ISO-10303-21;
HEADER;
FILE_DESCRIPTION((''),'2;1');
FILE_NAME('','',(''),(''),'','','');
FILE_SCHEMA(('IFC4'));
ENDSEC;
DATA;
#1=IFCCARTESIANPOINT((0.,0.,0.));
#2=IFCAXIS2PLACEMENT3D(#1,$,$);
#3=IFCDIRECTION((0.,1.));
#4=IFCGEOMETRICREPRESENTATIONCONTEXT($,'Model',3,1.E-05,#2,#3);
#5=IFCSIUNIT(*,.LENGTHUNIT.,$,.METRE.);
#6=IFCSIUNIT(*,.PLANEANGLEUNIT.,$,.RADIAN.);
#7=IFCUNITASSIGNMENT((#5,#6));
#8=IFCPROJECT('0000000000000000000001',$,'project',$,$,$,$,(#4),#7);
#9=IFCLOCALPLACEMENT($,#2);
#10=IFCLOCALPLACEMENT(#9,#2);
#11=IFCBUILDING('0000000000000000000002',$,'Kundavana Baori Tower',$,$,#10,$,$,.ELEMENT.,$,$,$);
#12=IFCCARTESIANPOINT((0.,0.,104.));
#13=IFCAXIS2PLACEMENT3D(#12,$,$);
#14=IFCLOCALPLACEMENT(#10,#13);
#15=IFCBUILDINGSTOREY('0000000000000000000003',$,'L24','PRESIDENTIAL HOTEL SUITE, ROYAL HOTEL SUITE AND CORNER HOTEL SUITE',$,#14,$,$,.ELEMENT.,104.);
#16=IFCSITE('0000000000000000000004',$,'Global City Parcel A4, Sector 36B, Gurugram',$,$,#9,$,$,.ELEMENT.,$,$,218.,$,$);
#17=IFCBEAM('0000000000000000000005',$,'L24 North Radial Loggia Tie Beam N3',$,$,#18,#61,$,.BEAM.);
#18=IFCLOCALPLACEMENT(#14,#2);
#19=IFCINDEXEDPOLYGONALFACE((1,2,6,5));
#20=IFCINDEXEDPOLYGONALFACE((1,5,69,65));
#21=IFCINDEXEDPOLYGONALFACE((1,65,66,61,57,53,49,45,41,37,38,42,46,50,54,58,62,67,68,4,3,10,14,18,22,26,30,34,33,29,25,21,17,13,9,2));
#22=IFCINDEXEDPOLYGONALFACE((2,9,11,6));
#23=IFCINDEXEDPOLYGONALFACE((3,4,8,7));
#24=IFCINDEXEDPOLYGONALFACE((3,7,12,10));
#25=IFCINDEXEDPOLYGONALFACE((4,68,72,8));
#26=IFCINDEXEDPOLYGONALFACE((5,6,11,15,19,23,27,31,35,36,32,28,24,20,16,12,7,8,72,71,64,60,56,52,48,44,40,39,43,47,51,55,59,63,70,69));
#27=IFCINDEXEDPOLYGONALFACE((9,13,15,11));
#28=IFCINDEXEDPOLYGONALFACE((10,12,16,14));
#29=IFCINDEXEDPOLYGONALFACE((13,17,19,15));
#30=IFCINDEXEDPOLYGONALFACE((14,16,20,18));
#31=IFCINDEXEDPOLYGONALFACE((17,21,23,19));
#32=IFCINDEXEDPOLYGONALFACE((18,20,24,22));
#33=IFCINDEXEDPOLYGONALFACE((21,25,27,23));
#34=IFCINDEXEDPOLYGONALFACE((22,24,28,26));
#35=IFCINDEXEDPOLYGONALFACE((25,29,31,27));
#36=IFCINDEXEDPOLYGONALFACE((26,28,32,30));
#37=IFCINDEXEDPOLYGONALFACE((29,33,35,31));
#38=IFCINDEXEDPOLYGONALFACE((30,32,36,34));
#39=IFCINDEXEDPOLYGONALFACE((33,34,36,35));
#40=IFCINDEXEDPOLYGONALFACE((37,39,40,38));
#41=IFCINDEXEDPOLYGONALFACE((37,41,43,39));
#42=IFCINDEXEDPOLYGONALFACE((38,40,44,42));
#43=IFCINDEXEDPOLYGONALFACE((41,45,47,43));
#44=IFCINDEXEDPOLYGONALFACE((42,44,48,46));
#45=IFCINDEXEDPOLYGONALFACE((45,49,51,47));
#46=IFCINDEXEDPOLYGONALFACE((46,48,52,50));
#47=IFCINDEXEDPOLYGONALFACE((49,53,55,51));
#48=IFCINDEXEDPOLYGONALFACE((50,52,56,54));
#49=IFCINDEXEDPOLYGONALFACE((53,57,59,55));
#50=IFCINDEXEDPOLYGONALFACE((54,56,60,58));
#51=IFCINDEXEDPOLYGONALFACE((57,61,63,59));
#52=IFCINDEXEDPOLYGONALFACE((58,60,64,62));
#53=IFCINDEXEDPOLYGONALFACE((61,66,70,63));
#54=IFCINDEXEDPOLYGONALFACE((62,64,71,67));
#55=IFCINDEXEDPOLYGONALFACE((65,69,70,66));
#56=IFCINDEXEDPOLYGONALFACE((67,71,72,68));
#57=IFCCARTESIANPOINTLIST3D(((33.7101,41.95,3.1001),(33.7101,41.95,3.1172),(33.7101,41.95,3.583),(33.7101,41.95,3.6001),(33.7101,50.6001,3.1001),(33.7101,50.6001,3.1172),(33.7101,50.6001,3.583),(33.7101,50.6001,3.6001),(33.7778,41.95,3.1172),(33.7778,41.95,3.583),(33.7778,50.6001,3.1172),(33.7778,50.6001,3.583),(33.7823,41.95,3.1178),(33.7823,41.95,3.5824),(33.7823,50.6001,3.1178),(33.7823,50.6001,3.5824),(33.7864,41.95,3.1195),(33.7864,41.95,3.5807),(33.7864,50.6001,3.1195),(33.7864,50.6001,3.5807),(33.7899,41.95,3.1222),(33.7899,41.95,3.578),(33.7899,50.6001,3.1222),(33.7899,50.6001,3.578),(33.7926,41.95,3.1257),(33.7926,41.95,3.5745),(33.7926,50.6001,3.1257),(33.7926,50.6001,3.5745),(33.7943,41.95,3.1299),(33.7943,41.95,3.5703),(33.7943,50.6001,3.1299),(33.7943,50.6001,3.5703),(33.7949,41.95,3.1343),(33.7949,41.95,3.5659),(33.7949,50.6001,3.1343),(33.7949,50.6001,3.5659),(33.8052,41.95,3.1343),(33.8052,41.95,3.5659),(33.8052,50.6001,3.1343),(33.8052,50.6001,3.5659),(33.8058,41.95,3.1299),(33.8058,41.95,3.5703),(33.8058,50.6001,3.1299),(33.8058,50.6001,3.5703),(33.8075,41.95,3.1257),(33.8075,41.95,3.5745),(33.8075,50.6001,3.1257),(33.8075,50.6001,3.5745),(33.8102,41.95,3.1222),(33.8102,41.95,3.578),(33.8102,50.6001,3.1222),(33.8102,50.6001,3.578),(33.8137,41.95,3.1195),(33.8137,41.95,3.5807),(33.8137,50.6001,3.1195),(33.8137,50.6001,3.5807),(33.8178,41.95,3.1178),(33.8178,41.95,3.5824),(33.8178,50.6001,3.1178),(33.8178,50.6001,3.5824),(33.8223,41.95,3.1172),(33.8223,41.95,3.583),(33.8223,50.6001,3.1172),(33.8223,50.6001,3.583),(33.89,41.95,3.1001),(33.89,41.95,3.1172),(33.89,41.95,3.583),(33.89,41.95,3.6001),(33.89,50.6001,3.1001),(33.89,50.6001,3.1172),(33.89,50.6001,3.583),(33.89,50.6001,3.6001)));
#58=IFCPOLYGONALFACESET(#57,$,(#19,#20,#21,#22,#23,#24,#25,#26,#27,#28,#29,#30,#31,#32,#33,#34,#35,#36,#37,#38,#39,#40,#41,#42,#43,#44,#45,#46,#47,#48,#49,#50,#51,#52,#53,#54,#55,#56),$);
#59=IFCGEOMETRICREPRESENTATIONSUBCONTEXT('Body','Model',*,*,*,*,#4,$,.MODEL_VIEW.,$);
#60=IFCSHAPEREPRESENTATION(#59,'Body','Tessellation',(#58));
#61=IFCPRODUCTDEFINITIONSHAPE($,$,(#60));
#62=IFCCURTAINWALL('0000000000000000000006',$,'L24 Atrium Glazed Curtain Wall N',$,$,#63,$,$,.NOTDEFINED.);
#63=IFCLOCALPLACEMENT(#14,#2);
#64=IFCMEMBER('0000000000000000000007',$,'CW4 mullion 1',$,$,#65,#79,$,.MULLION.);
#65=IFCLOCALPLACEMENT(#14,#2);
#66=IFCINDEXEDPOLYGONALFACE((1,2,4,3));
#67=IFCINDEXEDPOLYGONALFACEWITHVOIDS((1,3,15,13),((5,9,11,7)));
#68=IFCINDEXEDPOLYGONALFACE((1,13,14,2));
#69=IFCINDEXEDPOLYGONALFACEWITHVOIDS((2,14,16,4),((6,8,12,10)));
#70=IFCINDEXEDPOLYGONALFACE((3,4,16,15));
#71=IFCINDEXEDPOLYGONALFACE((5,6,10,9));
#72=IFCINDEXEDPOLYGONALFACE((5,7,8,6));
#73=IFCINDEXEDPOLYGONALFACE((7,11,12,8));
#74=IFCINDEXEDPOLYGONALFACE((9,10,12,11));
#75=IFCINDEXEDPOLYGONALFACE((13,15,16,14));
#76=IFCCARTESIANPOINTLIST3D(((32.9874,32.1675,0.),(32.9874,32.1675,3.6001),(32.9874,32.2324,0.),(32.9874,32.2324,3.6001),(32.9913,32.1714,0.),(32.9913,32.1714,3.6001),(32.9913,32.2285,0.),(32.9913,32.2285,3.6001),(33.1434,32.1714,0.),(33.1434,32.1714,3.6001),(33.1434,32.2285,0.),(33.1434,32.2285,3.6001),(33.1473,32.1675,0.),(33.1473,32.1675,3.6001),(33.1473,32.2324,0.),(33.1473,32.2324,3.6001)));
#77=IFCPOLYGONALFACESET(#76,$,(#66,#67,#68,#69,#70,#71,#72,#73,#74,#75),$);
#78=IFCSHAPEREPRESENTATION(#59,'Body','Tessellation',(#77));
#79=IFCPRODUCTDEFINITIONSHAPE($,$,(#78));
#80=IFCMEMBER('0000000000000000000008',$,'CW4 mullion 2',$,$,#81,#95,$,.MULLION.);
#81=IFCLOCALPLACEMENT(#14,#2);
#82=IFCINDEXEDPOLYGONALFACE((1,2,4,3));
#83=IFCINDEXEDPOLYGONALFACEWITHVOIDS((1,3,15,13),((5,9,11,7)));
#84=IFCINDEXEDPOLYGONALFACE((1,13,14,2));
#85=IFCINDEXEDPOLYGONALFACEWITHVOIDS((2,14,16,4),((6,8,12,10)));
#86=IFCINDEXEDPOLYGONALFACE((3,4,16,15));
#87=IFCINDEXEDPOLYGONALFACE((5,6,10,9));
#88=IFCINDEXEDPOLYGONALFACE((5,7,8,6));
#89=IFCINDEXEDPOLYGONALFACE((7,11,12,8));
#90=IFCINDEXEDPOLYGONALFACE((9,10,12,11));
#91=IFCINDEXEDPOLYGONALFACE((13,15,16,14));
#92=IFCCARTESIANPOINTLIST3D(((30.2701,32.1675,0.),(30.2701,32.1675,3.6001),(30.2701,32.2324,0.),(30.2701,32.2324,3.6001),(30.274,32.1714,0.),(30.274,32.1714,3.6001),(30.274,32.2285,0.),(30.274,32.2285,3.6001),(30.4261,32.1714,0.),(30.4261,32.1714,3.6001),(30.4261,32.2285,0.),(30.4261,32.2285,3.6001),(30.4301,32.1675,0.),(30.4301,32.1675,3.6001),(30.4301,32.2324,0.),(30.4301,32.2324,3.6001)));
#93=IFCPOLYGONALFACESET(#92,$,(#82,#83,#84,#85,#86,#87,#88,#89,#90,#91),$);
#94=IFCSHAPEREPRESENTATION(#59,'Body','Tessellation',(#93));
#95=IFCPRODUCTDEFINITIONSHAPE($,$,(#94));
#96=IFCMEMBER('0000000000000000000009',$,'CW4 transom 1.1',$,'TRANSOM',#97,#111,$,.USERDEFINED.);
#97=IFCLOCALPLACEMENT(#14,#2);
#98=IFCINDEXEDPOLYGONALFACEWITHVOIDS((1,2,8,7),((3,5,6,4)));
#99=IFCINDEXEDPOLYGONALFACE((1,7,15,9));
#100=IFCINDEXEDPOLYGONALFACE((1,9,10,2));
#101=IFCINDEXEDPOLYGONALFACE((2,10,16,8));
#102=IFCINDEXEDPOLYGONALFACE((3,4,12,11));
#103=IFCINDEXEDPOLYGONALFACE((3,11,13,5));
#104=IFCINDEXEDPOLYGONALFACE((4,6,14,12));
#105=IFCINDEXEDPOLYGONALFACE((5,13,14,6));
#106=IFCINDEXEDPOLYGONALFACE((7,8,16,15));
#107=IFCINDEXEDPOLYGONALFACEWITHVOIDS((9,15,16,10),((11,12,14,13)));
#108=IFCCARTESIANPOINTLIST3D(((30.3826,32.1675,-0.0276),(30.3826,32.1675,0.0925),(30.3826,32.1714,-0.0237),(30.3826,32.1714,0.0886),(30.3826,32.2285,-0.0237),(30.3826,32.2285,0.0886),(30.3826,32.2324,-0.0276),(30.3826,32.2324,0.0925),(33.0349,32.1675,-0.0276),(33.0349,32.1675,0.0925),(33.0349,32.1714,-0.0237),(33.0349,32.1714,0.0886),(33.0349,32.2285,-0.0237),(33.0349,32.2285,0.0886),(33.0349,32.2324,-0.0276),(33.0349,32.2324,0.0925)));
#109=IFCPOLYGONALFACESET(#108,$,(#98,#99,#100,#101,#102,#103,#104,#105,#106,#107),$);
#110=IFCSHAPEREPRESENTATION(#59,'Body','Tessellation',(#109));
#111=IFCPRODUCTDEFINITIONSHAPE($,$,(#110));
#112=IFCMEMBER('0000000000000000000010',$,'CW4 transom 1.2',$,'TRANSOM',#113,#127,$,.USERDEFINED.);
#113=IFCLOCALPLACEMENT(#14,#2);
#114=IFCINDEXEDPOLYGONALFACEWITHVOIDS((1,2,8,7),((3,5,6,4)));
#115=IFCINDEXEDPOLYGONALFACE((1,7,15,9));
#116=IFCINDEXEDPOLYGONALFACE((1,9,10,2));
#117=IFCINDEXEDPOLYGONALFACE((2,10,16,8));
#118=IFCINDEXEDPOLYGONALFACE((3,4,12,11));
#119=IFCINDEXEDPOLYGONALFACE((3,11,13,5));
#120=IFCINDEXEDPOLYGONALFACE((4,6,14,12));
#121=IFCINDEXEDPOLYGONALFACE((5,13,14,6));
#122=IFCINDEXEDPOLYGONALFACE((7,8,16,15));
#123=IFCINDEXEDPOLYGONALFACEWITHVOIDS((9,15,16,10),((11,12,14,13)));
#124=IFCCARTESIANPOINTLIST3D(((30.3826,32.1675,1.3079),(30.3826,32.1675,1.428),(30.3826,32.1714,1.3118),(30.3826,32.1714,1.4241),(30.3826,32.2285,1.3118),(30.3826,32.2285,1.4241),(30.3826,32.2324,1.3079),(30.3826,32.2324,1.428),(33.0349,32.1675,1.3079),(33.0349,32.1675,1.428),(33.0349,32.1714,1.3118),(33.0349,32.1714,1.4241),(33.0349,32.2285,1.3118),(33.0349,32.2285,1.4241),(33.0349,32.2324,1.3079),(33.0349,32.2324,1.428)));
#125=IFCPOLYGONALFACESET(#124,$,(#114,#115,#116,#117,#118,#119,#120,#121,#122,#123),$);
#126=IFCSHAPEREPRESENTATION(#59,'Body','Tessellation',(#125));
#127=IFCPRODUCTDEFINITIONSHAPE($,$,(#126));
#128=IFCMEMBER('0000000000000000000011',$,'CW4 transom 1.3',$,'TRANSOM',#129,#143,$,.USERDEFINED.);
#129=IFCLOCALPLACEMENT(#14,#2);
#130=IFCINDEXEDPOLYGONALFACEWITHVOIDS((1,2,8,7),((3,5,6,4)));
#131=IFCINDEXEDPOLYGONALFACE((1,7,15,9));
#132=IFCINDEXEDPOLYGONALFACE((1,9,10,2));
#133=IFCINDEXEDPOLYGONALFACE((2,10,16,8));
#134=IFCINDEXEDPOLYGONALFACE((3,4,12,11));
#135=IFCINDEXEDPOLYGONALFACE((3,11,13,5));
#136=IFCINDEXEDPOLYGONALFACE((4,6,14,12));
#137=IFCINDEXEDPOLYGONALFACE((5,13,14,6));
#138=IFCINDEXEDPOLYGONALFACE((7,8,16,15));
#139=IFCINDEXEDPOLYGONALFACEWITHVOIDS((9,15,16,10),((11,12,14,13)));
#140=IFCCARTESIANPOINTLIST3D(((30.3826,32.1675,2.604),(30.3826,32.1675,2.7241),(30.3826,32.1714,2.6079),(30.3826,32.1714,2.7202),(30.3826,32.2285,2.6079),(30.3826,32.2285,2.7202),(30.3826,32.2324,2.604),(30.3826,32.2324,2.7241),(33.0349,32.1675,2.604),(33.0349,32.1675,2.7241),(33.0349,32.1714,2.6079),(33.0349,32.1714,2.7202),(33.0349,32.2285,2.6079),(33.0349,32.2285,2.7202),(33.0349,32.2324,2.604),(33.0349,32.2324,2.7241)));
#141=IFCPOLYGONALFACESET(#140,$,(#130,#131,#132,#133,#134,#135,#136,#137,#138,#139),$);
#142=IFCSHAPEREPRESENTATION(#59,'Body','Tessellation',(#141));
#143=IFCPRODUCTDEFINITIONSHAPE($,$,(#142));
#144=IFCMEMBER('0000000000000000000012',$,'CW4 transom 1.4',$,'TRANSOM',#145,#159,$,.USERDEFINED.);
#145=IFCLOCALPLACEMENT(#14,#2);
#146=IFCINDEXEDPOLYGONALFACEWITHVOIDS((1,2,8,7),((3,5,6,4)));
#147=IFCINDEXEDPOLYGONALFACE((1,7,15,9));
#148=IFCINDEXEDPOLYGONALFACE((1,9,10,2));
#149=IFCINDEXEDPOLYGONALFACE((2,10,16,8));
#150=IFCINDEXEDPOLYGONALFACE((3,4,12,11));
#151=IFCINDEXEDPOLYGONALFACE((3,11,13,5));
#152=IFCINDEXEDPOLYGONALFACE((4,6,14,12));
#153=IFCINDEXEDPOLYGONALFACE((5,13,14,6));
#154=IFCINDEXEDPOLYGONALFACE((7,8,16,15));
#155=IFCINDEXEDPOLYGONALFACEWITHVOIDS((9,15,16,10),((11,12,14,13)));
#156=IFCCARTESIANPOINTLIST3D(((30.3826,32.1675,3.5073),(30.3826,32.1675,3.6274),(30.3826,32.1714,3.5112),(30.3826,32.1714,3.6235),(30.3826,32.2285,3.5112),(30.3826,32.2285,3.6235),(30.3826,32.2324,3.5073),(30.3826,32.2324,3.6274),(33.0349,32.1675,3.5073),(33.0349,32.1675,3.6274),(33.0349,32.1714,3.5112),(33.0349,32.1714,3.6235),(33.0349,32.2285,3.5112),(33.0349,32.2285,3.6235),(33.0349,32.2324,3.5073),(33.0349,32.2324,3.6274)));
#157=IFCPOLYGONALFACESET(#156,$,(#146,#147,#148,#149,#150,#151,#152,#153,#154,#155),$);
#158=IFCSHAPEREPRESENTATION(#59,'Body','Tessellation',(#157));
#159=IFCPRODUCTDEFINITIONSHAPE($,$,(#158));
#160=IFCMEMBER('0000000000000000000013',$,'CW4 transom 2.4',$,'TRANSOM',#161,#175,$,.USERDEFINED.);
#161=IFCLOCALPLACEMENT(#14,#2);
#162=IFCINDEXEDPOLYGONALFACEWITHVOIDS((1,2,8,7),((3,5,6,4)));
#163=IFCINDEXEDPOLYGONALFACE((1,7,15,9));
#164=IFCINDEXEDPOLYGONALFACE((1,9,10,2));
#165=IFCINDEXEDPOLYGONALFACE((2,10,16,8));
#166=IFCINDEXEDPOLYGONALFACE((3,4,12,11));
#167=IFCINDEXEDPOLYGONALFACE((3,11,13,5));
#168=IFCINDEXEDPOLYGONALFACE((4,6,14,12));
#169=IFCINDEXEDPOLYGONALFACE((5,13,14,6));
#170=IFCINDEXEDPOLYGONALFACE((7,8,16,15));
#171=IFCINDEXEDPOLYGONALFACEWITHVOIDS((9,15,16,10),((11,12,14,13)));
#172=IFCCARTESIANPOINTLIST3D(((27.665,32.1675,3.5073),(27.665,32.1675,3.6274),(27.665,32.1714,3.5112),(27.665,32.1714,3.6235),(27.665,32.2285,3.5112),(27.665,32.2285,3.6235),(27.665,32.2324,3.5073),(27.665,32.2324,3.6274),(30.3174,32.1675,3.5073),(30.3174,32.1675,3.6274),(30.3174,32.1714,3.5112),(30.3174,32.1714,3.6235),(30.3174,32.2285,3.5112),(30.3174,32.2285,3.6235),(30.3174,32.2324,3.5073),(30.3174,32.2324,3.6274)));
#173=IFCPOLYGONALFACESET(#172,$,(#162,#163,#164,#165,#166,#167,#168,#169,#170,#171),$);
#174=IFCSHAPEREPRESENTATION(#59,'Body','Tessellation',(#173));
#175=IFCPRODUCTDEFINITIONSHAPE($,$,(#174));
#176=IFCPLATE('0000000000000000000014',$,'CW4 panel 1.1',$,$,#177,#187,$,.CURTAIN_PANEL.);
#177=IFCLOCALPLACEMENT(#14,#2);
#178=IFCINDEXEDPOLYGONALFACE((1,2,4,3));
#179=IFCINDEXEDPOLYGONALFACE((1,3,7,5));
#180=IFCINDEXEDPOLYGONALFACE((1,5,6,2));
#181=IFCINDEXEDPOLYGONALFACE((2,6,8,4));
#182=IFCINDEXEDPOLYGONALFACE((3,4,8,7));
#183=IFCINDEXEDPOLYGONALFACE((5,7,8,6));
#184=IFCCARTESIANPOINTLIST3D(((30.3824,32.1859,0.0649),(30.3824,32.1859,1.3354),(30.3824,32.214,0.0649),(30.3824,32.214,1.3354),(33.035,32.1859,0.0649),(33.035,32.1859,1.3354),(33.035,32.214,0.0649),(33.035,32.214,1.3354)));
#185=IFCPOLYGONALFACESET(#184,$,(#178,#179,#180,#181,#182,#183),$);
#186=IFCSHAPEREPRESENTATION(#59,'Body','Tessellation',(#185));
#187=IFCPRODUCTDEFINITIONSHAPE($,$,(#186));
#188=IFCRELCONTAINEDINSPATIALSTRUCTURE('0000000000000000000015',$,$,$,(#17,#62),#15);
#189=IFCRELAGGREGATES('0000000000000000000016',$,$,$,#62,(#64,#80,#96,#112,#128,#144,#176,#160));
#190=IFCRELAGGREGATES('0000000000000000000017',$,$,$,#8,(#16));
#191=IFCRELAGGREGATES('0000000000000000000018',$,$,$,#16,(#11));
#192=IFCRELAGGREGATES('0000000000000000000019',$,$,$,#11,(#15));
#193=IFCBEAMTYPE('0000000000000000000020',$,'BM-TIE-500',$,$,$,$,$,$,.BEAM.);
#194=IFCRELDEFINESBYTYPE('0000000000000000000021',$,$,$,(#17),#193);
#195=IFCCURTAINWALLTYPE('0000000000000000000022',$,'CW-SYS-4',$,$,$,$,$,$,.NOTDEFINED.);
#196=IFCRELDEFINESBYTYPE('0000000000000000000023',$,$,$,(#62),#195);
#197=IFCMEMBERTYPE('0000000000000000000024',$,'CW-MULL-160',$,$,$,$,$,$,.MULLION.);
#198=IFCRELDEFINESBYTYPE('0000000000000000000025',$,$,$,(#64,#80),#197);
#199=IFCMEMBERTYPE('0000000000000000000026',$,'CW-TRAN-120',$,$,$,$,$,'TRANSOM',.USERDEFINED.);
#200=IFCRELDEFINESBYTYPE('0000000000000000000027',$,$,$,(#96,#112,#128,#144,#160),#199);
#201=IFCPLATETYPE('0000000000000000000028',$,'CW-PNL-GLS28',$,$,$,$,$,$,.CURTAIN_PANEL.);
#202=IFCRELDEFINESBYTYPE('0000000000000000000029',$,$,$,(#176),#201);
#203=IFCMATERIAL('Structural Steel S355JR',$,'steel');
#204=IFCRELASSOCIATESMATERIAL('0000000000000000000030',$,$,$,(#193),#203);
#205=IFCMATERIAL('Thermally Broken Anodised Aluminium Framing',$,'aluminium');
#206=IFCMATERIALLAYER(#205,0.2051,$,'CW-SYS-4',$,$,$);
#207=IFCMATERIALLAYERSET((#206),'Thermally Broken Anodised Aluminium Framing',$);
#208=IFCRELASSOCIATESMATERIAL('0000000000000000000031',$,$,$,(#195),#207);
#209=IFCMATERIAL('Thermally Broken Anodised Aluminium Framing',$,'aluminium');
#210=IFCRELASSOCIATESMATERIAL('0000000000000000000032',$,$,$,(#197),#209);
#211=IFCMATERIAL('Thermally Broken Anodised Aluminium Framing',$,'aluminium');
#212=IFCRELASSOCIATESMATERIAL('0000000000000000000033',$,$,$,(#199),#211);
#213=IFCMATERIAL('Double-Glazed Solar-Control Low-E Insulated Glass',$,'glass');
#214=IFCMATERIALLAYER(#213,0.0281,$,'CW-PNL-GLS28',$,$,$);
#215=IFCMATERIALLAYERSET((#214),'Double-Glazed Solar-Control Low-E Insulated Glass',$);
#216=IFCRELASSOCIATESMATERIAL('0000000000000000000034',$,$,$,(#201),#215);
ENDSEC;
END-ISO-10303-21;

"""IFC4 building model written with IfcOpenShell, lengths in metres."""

from ifc_helpers import new_model, si_unit, direction, frame, origin, origin_2d, place, context, subcontext, project, spatial, rectangle, hollow_rectangle, i_section, extrude, material, layer, layer_set, material_profile, profile_set, type_object, element, aggregate, save


model = new_model("IFC4")

# Units and contexts
model_context = context("Model", 3, precision=1e-05, world=origin(), true_north=direction((0.0, 1.0)))
body_context = subcontext(model_context, "Body", "Model", "MODEL_VIEW")
ifc_project = project(units=[si_unit("LENGTHUNIT", "METRE"), si_unit("PLANEANGLEUNIT", "RADIAN")], contexts=[model_context])

# Site, building, storey
site_placement = place(None, origin())
site = spatial("IfcSite", under=ifc_project, at=site_placement, Name="Global City Parcel A4, Sector 36B, Gurugram", CompositionType="ELEMENT", RefElevation=218.0)
building_placement = place(site_placement, origin())
building = spatial("IfcBuilding", under=site, at=building_placement, Name="Kundavana Baori Tower", CompositionType="ELEMENT")
storey_placement = place(building_placement, frame((0.0, 0.0, 104.0)))
storey = spatial("IfcBuildingStorey", under=building, at=storey_placement, Name="L24", Description="PRESIDENTIAL HOTEL SUITE, ROYAL HOTEL SUITE AND CORNER HOTEL SUITE", CompositionType="ELEMENT", Elevation=104.0)

# Beam
ifc_material_1 = material(Name="Structural Steel S355JR", Category="steel")
ifc_material_profile_1 = material_profile(ifc_material_1, i_section(OverallWidth=0.1799, OverallDepth=0.5, WebThickness=0.0103, FlangeThickness=0.0171, FilletRadius=0.0171, at=origin_2d()), Name="ISMB 500")
ifc_profile_set_1 = profile_set([ifc_material_profile_1], Name="Structural Steel S355JR")
beam_type_1 = type_object("IfcBeamType", Name="BM-TIE-500", PredefinedType="BEAM", material=ifc_profile_set_1)
beam_1_placement = place(storey_placement, frame((33.8, 41.95, 3.3501), z_axis=(0.0, 1.0, 0.0), x_axis=(-1.0, 0.0, 0.0)))
element("IfcBeam", 1, at=beam_1_placement, inside=storey, type_object=beam_type_1, Name="L24 North Radial Loggia Tie Beam N3", PredefinedType="BEAM", context=body_context, shape_type="SweptSolid", body=[
    extrude(i_section(OverallWidth=0.1799, OverallDepth=0.5, WebThickness=0.0103, FlangeThickness=0.0171, FilletRadius=0.0171, at=origin_2d()), origin(), (0.0, 0.0, 1.0), 8.6501),
])

# Curtain wall, members, plate
ifc_material_2 = material(Name="Thermally Broken Anodised Aluminium Framing", Category="aluminium")
ifc_layer_1 = layer(ifc_material_2, 0.2051, Name="CW-SYS-4")
ifc_layer_set_1 = layer_set([ifc_layer_1], Name="Thermally Broken Anodised Aluminium Framing")
curtain_wall_type = type_object("IfcCurtainWallType", Name="CW-SYS-4", PredefinedType="NOTDEFINED", material=ifc_layer_set_1)
curtain_wall_placement = place(storey_placement, origin())
curtain_wall = element("IfcCurtainWall", 2, at=curtain_wall_placement, inside=storey, type_object=curtain_wall_type, Name="L24 Atrium Glazed Curtain Wall N", PredefinedType="NOTDEFINED")
ifc_material_3 = material(Name="Thermally Broken Anodised Aluminium Framing", Category="aluminium")
ifc_material_profile_2 = material_profile(ifc_material_3, hollow_rectangle(XDim=0.0649, YDim=0.1599, WallThickness=0.0039, at=origin_2d()), Name="CW-MULL-160")
ifc_profile_set_2 = profile_set([ifc_material_profile_2], Name="Thermally Broken Anodised Aluminium Framing")
member_type_1 = type_object("IfcMemberType", Name="CW-MULL-160", PredefinedType="MULLION", material=ifc_profile_set_2)
member_1_placement = place(storey_placement, frame((33.0674, 32.2, 0.0), z_axis=(0.0, 0.0, 1.0), x_axis=(0.0, -1.0, 0.0)))
member_1 = element("IfcMember", 3, at=member_1_placement, type_object=member_type_1, Name="CW4 mullion 1", PredefinedType="MULLION", context=body_context, shape_type="SweptSolid", body=[
    extrude(hollow_rectangle(XDim=0.0649, YDim=0.1599, WallThickness=0.0039, at=origin_2d()), origin(), (0.0, 0.0, 1.0), 3.6001),
])
member_2_placement = place(storey_placement, frame((30.3501, 32.2, 0.0), z_axis=(0.0, 0.0, 1.0), x_axis=(0.0, -1.0, 0.0)))
member_2 = element("IfcMember", 4, at=member_2_placement, type_object=member_type_1, Name="CW4 mullion 2", PredefinedType="MULLION", context=body_context, shape_type="SweptSolid", body=[
    extrude(hollow_rectangle(XDim=0.0649, YDim=0.1599, WallThickness=0.0039, at=origin_2d()), origin(), (0.0, 0.0, 1.0), 3.6001),
])
ifc_material_4 = material(Name="Thermally Broken Anodised Aluminium Framing", Category="aluminium")
ifc_material_profile_3 = material_profile(ifc_material_4, hollow_rectangle(XDim=0.0649, YDim=0.1201, WallThickness=0.0039, at=origin_2d()), Name="CW-TRAN-120")
ifc_profile_set_3 = profile_set([ifc_material_profile_3], Name="Thermally Broken Anodised Aluminium Framing")
member_type_2 = type_object("IfcMemberType", Name="CW-TRAN-120", ElementType="TRANSOM", PredefinedType="USERDEFINED", material=ifc_profile_set_3)
member_3_placement = place(storey_placement, frame((33.0349, 32.2, 0.0325), z_axis=(-1.0, 0.0, 0.0), x_axis=(0.0, -1.0, 0.0)))
member_3 = element("IfcMember", 5, at=member_3_placement, type_object=member_type_2, Name="CW4 transom 1.1", ObjectType="TRANSOM", PredefinedType="USERDEFINED", context=body_context, shape_type="SweptSolid", body=[
    extrude(hollow_rectangle(XDim=0.0649, YDim=0.1201, WallThickness=0.0039, at=origin_2d()), origin(), (0.0, 0.0, 1.0), 2.6523),
])
member_4_placement = place(storey_placement, frame((33.0349, 32.2, 1.3679), z_axis=(-1.0, 0.0, 0.0), x_axis=(0.0, -1.0, 0.0)))
member_4 = element("IfcMember", 6, at=member_4_placement, type_object=member_type_2, Name="CW4 transom 1.2", ObjectType="TRANSOM", PredefinedType="USERDEFINED", context=body_context, shape_type="SweptSolid", body=[
    extrude(hollow_rectangle(XDim=0.0649, YDim=0.1201, WallThickness=0.0039, at=origin_2d()), origin(), (0.0, 0.0, 1.0), 2.6523),
])
member_5_placement = place(storey_placement, frame((33.0349, 32.2, 2.6641), z_axis=(-1.0, 0.0, 0.0), x_axis=(0.0, -1.0, 0.0)))
member_5 = element("IfcMember", 7, at=member_5_placement, type_object=member_type_2, Name="CW4 transom 1.3", ObjectType="TRANSOM", PredefinedType="USERDEFINED", context=body_context, shape_type="SweptSolid", body=[
    extrude(hollow_rectangle(XDim=0.0649, YDim=0.1201, WallThickness=0.0039, at=origin_2d()), origin(), (0.0, 0.0, 1.0), 2.6523),
])
member_6_placement = place(storey_placement, frame((33.0349, 32.2, 3.5674), z_axis=(-1.0, 0.0, 0.0), x_axis=(0.0, -1.0, 0.0)))
member_6 = element("IfcMember", 8, at=member_6_placement, type_object=member_type_2, Name="CW4 transom 1.4", ObjectType="TRANSOM", PredefinedType="USERDEFINED", context=body_context, shape_type="SweptSolid", body=[
    extrude(hollow_rectangle(XDim=0.0649, YDim=0.1201, WallThickness=0.0039, at=origin_2d()), origin(), (0.0, 0.0, 1.0), 2.6523),
])
member_7_placement = place(storey_placement, frame((30.3174, 32.2, 3.5674), z_axis=(-1.0, 0.0, 0.0), x_axis=(0.0, -1.0, 0.0)))
member_7 = element("IfcMember", 9, at=member_7_placement, type_object=member_type_2, Name="CW4 transom 2.4", ObjectType="TRANSOM", PredefinedType="USERDEFINED", context=body_context, shape_type="SweptSolid", body=[
    extrude(hollow_rectangle(XDim=0.0649, YDim=0.1201, WallThickness=0.0039, at=origin_2d()), origin(), (0.0, 0.0, 1.0), 2.6523),
])
ifc_material_5 = material(Name="Double-Glazed Solar-Control Low-E Insulated Glass", Category="glass")
ifc_layer_2 = layer(ifc_material_5, 0.0281, Name="CW-PNL-GLS28")
ifc_layer_set_2 = layer_set([ifc_layer_2], Name="Double-Glazed Solar-Control Low-E Insulated Glass")
plate_type = type_object("IfcPlateType", Name="CW-PNL-GLS28", PredefinedType="CURTAIN_PANEL", material=ifc_layer_set_2)
plate_1_placement = place(storey_placement, frame((31.7087, 32.2, 0.0649), z_axis=(0.0, 0.0, 1.0), x_axis=(-1.0, 0.0, 0.0)))
plate_1 = element("IfcPlate", 10, at=plate_1_placement, type_object=plate_type, Name="CW4 panel 1.1", PredefinedType="CURTAIN_PANEL", context=body_context, shape_type="SweptSolid", body=[
    extrude(rectangle(XDim=2.6526, YDim=0.0281, at=origin_2d()), origin(), (0.0, 0.0, 1.0), 1.2705),
])
aggregate(curtain_wall, [member_1, member_2, member_3, member_4, member_5, member_6, plate_1, member_7])

save(model, "model.ifc")
